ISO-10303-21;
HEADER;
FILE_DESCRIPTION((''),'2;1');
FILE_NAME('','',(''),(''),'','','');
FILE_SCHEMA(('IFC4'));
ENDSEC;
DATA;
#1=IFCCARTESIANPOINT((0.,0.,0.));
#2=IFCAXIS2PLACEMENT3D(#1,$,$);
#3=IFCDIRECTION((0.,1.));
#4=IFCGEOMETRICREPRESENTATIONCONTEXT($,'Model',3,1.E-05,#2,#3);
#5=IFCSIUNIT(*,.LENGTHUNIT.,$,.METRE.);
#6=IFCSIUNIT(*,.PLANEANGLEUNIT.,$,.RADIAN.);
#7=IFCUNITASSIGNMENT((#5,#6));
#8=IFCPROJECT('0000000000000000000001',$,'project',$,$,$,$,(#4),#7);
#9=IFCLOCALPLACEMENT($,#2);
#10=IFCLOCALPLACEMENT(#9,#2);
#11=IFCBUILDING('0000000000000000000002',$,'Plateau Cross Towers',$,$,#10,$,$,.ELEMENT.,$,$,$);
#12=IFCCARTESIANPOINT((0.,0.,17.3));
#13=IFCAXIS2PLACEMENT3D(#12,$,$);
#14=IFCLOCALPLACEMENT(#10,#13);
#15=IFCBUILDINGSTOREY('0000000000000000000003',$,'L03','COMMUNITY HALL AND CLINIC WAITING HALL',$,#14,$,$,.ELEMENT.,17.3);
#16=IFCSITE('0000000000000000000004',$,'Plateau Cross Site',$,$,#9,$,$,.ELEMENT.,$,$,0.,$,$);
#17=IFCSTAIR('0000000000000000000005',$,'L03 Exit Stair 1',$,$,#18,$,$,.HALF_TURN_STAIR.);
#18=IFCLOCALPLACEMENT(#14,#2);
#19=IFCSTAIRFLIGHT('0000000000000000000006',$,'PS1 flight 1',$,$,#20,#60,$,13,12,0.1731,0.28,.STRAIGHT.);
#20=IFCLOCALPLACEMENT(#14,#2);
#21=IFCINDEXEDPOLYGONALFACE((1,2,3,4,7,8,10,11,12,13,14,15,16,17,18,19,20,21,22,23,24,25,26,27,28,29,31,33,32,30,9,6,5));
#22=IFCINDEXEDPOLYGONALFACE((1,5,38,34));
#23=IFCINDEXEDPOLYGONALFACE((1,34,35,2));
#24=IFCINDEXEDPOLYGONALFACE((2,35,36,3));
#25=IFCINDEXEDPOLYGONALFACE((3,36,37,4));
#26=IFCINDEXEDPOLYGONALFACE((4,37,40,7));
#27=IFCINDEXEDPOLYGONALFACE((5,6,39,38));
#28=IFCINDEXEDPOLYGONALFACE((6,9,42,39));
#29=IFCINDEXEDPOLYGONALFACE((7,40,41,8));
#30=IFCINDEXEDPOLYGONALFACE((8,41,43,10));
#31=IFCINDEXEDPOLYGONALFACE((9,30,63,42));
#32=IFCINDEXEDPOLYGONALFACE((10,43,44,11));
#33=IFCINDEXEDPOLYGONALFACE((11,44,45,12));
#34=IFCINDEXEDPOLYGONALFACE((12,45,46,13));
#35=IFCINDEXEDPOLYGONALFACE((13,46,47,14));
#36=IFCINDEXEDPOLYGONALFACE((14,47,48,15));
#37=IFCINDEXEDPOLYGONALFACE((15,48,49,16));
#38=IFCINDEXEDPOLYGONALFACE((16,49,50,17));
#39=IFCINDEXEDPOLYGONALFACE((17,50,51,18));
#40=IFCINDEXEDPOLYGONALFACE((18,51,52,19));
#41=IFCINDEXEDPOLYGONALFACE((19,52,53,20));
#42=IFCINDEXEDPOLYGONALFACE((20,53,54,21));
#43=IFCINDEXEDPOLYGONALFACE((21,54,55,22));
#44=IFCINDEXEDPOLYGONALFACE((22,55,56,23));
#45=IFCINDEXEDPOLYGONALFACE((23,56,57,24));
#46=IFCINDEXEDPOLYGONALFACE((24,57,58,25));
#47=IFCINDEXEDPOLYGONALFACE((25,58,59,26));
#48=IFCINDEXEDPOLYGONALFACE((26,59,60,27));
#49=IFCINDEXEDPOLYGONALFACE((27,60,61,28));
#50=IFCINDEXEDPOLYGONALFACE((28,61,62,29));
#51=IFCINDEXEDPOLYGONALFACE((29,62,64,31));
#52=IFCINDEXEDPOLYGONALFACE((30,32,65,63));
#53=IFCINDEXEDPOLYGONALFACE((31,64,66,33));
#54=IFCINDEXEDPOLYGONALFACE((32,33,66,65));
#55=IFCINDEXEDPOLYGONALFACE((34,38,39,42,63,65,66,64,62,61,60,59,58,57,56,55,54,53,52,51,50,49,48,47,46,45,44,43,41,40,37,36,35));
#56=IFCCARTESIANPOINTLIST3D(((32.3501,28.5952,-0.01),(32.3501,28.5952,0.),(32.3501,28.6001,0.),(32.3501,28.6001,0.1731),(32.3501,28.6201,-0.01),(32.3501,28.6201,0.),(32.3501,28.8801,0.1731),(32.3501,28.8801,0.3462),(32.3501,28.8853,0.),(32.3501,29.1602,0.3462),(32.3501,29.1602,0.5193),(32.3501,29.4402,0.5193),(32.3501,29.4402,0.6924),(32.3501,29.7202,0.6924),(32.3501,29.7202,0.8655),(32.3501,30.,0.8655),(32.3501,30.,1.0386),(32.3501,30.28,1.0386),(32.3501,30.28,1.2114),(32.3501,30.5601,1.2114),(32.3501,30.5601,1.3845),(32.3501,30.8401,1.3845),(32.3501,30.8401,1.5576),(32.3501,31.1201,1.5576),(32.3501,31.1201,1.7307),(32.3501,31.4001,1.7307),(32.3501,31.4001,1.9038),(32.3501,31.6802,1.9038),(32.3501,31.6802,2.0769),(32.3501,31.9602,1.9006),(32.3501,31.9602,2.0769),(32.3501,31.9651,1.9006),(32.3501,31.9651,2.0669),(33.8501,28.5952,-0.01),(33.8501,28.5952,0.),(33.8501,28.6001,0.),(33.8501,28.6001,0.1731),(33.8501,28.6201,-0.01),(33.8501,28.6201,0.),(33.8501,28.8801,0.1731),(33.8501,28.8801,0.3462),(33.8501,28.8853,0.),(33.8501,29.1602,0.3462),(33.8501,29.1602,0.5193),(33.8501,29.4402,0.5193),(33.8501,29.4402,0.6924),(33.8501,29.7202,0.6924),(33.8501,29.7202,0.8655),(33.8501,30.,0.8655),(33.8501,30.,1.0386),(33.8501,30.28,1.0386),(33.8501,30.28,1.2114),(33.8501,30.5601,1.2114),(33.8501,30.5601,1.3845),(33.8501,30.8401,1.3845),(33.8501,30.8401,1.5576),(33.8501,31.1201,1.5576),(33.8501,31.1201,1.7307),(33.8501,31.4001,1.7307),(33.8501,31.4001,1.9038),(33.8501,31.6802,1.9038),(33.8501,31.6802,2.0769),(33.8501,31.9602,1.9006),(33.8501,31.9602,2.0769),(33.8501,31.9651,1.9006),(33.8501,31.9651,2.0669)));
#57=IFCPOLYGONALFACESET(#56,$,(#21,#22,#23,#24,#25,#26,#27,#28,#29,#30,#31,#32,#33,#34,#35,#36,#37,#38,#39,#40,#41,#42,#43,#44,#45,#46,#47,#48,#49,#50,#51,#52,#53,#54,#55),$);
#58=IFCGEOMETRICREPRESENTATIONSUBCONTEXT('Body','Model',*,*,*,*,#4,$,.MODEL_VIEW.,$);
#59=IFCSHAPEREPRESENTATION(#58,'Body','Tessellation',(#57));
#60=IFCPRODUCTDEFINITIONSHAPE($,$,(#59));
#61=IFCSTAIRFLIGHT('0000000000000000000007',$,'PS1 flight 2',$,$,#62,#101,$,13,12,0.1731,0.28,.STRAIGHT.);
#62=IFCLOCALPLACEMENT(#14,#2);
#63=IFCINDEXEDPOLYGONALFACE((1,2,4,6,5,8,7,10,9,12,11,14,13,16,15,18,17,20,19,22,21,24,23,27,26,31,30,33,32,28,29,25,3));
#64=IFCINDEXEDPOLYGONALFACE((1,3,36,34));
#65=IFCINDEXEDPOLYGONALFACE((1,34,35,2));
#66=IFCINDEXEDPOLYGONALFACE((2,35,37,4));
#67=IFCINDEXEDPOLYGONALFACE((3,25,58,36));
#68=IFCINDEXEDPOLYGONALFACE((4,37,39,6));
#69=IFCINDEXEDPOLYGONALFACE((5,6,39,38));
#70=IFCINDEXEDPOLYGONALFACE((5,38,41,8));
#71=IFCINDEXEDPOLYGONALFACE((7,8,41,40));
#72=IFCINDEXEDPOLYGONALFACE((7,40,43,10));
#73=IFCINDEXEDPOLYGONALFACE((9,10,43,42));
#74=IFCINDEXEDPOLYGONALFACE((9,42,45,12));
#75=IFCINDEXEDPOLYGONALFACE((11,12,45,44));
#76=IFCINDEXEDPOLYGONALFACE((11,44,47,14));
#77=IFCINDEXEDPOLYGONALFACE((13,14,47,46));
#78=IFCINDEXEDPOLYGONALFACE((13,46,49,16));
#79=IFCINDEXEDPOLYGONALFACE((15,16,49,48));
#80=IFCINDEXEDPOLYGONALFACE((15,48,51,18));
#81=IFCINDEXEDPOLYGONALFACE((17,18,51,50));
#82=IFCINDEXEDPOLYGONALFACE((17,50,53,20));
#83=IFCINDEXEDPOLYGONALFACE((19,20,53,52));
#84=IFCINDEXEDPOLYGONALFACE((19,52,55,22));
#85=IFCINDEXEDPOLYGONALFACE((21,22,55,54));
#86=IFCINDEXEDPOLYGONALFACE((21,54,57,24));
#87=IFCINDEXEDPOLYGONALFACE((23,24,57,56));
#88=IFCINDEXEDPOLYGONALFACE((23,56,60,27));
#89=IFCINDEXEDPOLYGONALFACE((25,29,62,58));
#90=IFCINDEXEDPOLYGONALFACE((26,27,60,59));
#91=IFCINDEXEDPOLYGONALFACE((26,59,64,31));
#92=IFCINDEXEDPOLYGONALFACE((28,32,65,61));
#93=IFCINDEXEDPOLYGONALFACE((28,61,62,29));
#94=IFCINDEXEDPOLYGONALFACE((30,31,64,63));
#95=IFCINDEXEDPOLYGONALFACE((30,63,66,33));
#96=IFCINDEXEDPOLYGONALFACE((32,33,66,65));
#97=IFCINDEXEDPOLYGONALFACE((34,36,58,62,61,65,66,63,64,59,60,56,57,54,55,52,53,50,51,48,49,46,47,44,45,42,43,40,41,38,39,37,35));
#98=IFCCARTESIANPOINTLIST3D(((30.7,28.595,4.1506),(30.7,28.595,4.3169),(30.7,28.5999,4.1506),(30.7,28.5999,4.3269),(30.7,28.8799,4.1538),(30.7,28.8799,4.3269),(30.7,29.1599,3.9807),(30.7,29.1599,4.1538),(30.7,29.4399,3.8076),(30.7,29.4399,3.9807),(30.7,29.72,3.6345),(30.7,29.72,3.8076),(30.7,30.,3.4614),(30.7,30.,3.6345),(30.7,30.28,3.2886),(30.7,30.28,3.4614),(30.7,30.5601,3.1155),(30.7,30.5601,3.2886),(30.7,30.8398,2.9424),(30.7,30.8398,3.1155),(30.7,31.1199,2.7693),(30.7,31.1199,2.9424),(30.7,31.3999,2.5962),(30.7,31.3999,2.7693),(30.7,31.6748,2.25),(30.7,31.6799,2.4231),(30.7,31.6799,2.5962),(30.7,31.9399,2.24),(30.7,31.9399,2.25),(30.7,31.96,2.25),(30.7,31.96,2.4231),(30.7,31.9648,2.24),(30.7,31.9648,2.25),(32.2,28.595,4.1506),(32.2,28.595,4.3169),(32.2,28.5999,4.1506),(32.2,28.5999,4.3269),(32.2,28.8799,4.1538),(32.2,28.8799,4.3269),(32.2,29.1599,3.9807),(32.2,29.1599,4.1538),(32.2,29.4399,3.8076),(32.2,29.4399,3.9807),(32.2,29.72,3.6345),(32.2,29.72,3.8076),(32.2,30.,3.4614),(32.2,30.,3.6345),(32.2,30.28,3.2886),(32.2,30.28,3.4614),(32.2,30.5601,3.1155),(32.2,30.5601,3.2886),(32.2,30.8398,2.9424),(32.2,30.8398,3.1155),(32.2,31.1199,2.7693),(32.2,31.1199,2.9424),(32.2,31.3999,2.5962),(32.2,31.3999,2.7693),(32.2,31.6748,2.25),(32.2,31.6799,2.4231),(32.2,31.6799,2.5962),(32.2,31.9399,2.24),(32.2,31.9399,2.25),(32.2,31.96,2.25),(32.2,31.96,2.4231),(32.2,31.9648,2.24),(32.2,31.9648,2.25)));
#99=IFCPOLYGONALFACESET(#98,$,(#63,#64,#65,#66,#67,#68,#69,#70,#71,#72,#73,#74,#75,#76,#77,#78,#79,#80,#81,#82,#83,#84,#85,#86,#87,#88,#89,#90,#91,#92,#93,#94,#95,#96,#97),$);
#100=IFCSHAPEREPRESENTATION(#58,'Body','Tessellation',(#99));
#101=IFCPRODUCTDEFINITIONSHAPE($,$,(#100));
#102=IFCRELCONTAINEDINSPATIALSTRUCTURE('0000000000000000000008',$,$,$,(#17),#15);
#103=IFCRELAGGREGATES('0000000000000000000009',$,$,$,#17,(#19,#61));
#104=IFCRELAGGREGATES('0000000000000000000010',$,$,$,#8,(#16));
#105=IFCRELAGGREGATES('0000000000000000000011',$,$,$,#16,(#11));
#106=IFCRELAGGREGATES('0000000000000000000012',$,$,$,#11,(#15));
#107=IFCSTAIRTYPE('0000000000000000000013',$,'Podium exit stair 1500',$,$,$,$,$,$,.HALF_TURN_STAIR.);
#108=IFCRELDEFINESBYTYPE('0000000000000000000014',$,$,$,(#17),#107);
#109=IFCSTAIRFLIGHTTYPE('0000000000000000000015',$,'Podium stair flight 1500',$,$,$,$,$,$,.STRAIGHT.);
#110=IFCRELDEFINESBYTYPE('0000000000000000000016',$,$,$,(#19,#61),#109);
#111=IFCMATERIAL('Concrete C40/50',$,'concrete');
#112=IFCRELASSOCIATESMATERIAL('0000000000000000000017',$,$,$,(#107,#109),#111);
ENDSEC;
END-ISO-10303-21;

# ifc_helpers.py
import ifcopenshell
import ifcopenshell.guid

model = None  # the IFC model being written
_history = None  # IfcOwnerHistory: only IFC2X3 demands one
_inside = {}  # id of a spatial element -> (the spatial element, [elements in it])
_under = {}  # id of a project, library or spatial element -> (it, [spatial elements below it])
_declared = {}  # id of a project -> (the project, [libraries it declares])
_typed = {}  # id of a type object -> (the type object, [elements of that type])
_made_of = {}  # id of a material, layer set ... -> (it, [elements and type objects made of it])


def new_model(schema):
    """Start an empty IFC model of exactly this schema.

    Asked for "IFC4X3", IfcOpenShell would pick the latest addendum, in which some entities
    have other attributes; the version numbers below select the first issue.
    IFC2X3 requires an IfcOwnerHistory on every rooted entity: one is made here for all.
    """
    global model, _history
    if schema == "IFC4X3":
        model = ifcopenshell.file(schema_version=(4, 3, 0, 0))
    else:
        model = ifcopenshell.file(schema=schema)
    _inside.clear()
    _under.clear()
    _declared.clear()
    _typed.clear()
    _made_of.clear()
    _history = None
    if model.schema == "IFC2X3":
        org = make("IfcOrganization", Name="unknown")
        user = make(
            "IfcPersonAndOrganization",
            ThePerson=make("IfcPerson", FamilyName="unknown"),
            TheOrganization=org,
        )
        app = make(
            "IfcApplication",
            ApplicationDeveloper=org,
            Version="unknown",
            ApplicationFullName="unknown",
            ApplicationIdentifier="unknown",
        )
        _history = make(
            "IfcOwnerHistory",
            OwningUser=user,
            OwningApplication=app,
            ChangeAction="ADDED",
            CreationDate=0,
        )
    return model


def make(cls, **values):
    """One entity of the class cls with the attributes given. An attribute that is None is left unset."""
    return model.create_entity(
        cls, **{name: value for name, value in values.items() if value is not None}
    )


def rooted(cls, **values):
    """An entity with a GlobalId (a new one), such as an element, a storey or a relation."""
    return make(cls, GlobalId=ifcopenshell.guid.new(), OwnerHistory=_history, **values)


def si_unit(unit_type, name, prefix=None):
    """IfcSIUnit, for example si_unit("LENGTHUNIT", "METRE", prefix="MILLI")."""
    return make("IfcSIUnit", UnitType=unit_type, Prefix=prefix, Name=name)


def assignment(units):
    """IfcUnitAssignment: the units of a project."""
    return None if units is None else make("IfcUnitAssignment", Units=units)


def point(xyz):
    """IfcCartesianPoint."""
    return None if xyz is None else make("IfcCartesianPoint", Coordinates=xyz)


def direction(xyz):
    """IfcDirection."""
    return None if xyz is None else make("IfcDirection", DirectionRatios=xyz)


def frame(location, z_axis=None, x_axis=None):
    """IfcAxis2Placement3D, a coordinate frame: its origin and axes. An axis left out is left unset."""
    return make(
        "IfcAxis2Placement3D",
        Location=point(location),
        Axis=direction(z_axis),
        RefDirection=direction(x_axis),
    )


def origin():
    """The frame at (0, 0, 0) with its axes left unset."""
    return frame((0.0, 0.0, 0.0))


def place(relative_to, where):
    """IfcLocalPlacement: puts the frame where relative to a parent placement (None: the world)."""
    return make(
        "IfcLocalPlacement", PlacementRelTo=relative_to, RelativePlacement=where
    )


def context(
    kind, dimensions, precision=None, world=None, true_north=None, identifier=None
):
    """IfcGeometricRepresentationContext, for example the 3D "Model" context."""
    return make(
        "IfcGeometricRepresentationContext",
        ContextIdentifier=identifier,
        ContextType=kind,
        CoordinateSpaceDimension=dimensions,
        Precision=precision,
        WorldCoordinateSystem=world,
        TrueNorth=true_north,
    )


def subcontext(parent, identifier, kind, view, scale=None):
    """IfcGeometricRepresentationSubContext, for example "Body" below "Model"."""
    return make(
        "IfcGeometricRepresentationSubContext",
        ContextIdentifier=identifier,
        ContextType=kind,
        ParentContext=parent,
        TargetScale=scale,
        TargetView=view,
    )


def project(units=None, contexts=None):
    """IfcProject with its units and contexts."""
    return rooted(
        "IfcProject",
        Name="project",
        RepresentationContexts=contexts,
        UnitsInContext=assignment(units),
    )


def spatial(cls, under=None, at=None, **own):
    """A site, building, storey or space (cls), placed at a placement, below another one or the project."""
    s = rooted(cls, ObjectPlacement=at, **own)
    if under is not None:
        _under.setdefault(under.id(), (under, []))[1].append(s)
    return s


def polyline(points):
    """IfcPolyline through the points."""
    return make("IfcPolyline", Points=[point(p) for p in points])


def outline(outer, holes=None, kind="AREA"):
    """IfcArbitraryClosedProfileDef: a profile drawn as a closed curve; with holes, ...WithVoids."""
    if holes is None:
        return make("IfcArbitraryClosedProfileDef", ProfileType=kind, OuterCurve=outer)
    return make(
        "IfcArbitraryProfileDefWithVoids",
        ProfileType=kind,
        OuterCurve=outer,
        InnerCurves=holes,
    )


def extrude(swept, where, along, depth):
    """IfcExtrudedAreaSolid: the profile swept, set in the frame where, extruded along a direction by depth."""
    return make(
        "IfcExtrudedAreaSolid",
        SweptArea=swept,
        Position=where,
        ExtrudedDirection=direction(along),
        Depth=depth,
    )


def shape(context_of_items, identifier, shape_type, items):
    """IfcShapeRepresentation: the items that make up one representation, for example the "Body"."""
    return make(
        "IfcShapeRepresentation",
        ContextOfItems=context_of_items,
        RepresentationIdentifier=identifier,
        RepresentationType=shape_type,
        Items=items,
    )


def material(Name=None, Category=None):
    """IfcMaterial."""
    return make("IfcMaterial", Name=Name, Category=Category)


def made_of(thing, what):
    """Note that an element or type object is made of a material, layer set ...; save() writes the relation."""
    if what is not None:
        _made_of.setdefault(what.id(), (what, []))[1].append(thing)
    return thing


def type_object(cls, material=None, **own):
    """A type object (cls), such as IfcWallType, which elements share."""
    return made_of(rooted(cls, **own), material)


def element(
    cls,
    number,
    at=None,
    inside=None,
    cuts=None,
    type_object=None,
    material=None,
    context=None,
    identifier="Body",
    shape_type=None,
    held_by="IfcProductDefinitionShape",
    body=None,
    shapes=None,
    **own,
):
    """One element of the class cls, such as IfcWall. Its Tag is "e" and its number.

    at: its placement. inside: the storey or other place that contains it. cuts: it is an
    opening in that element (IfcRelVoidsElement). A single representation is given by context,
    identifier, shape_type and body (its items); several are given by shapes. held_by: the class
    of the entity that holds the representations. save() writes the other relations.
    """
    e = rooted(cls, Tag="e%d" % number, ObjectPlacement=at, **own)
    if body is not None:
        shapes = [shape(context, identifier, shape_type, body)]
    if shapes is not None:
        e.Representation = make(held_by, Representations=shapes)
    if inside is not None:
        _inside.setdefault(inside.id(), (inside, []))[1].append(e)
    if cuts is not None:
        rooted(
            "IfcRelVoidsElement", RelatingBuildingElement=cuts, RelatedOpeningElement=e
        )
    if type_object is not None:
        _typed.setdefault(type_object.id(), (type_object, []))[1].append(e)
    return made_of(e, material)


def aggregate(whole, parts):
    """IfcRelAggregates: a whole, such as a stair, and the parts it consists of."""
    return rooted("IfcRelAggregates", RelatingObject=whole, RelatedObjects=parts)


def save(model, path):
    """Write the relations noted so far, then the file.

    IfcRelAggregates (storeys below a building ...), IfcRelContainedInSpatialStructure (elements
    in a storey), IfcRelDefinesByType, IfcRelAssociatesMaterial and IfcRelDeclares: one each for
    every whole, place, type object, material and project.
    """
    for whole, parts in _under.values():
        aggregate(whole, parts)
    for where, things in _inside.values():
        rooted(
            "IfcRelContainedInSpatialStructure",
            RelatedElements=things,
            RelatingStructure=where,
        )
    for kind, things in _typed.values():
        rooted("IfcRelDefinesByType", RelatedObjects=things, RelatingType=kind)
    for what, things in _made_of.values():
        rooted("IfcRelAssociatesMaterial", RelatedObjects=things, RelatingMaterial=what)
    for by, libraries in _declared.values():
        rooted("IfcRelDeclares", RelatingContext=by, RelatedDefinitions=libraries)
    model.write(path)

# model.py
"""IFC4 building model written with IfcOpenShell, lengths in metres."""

from ifc_helpers import new_model, si_unit, direction, frame, origin, place, context, subcontext, project, spatial, polyline, outline, extrude, material, type_object, element, aggregate, save


model = new_model("IFC4")

# Units and contexts
model_context = context("Model", 3, precision=1e-05, world=origin(), true_north=direction((0.0, 1.0)))
body_context = subcontext(model_context, "Body", "Model", "MODEL_VIEW")
ifc_project = project(units=[si_unit("LENGTHUNIT", "METRE"), si_unit("PLANEANGLEUNIT", "RADIAN")], contexts=[model_context])

# Site, building, storey
site_placement = place(None, origin())
site = spatial("IfcSite", under=ifc_project, at=site_placement, Name="Plateau Cross Site", CompositionType="ELEMENT", RefElevation=0.0)
building_placement = place(site_placement, origin())
building = spatial("IfcBuilding", under=site, at=building_placement, Name="Plateau Cross Towers", CompositionType="ELEMENT")
storey_placement = place(building_placement, frame((0.0, 0.0, 17.3)))
storey = spatial("IfcBuildingStorey", under=building, at=storey_placement, Name="L03", Description="COMMUNITY HALL AND CLINIC WAITING HALL", CompositionType="ELEMENT", Elevation=17.3)

# Stair, stair flights
ifc_material_1 = material(Name="Concrete C40/50", Category="concrete")
stair_type = type_object("IfcStairType", Name="Podium exit stair 1500", PredefinedType="HALF_TURN_STAIR", material=ifc_material_1)
stair_placement = place(storey_placement, origin())
stair = element("IfcStair", 1, at=stair_placement, inside=storey, type_object=stair_type, Name="L03 Exit Stair 1", PredefinedType="HALF_TURN_STAIR")
stair_flight_type = type_object("IfcStairFlightType", Name="Podium stair flight 1500", PredefinedType="STRAIGHT", material=ifc_material_1)
stair_flight_1_placement = place(storey_placement, frame((33.1001, 28.6001, 0.0), z_axis=(0.0, 0.0, 1.0), x_axis=(0.0, 1.0, 0.0)))
stair_flight_1 = element("IfcStairFlight", 2, at=stair_flight_1_placement, type_object=stair_flight_type, Name="PS1 flight 1", NumberOfRisers=13, NumberOfTreads=12, PredefinedType="STRAIGHT", RiserHeight=0.1731, TreadLength=0.28, context=body_context, shape_type="SweptSolid", body=[
    extrude(outline(polyline([(-0.0049, -0.01), (-0.0049, 0.0), (0.0, 0.0), (0.0, 0.1731), (0.28, 0.1731), (0.28, 0.3462), (0.5601, 0.3462), (0.5601, 0.5193), (0.8401, 0.5193), (0.8401, 0.6924), (1.1201, 0.6924), (1.1201, 0.8655), (1.3999, 0.8655), (1.3999, 1.0386), (1.6799, 1.0386), (1.6799, 1.2114), (1.96, 1.2114), (1.96, 1.3845), (2.24, 1.3845), (2.24, 1.5576), (2.52, 1.5576), (2.52, 1.7307), (2.8, 1.7307), (2.8, 1.9038), (3.0801, 1.9038), (3.0801, 2.0769), (3.3601, 2.0769), (3.365, 2.0669), (3.365, 1.9006), (3.3601, 1.9006), (0.2852, 0.0), (0.02, 0.0), (0.02, -0.01), (-0.0049, -0.01)])), frame((0.0, 0.75, 0.0), z_axis=(0.0, -1.0, 0.0), x_axis=(1.0, 0.0, 0.0)), (0.0, 0.0, 1.0), 1.5),
])
stair_flight_2_placement = place(storey_placement, frame((31.45, 31.96, 2.25), z_axis=(0.0, 0.0, 1.0), x_axis=(0.0, -1.0, 0.0)))
stair_flight_2 = element("IfcStairFlight", 3, at=stair_flight_2_placement, type_object=stair_flight_type, Name="PS1 flight 2", NumberOfRisers=13, NumberOfTreads=12, PredefinedType="STRAIGHT", RiserHeight=0.1731, TreadLength=0.28, context=body_context, shape_type="SweptSolid", body=[
    extrude(outline(polyline([(-0.0049, -0.01), (-0.0049, 0.0), (0.0, 0.0), (0.0, 0.1731), (0.28, 0.1731), (0.28, 0.3462), (0.5601, 0.3462), (0.5601, 0.5193), (0.8401, 0.5193), (0.8401, 0.6924), (1.1201, 0.6924), (1.1201, 0.8655), (1.3999, 0.8655), (1.3999, 1.0386), (1.6799, 1.0386), (1.6799, 1.2114), (1.96, 1.2114), (1.96, 1.3845), (2.24, 1.3845), (2.24, 1.5576), (2.52, 1.5576), (2.52, 1.7307), (2.8, 1.7307), (2.8, 1.9038), (3.0801, 1.9038), (3.0801, 2.0769), (3.3601, 2.0769), (3.365, 2.0669), (3.365, 1.9006), (3.3601, 1.9006), (0.2852, 0.0), (0.02, 0.0), (0.02, -0.01), (-0.0049, -0.01)])), frame((0.0, 0.75, 0.0), z_axis=(0.0, -1.0, 0.0), x_axis=(1.0, 0.0, 0.0)), (0.0, 0.0, 1.0), 1.5),
])
aggregate(stair, [stair_flight_1, stair_flight_2])

save(model, "model.ifc")
